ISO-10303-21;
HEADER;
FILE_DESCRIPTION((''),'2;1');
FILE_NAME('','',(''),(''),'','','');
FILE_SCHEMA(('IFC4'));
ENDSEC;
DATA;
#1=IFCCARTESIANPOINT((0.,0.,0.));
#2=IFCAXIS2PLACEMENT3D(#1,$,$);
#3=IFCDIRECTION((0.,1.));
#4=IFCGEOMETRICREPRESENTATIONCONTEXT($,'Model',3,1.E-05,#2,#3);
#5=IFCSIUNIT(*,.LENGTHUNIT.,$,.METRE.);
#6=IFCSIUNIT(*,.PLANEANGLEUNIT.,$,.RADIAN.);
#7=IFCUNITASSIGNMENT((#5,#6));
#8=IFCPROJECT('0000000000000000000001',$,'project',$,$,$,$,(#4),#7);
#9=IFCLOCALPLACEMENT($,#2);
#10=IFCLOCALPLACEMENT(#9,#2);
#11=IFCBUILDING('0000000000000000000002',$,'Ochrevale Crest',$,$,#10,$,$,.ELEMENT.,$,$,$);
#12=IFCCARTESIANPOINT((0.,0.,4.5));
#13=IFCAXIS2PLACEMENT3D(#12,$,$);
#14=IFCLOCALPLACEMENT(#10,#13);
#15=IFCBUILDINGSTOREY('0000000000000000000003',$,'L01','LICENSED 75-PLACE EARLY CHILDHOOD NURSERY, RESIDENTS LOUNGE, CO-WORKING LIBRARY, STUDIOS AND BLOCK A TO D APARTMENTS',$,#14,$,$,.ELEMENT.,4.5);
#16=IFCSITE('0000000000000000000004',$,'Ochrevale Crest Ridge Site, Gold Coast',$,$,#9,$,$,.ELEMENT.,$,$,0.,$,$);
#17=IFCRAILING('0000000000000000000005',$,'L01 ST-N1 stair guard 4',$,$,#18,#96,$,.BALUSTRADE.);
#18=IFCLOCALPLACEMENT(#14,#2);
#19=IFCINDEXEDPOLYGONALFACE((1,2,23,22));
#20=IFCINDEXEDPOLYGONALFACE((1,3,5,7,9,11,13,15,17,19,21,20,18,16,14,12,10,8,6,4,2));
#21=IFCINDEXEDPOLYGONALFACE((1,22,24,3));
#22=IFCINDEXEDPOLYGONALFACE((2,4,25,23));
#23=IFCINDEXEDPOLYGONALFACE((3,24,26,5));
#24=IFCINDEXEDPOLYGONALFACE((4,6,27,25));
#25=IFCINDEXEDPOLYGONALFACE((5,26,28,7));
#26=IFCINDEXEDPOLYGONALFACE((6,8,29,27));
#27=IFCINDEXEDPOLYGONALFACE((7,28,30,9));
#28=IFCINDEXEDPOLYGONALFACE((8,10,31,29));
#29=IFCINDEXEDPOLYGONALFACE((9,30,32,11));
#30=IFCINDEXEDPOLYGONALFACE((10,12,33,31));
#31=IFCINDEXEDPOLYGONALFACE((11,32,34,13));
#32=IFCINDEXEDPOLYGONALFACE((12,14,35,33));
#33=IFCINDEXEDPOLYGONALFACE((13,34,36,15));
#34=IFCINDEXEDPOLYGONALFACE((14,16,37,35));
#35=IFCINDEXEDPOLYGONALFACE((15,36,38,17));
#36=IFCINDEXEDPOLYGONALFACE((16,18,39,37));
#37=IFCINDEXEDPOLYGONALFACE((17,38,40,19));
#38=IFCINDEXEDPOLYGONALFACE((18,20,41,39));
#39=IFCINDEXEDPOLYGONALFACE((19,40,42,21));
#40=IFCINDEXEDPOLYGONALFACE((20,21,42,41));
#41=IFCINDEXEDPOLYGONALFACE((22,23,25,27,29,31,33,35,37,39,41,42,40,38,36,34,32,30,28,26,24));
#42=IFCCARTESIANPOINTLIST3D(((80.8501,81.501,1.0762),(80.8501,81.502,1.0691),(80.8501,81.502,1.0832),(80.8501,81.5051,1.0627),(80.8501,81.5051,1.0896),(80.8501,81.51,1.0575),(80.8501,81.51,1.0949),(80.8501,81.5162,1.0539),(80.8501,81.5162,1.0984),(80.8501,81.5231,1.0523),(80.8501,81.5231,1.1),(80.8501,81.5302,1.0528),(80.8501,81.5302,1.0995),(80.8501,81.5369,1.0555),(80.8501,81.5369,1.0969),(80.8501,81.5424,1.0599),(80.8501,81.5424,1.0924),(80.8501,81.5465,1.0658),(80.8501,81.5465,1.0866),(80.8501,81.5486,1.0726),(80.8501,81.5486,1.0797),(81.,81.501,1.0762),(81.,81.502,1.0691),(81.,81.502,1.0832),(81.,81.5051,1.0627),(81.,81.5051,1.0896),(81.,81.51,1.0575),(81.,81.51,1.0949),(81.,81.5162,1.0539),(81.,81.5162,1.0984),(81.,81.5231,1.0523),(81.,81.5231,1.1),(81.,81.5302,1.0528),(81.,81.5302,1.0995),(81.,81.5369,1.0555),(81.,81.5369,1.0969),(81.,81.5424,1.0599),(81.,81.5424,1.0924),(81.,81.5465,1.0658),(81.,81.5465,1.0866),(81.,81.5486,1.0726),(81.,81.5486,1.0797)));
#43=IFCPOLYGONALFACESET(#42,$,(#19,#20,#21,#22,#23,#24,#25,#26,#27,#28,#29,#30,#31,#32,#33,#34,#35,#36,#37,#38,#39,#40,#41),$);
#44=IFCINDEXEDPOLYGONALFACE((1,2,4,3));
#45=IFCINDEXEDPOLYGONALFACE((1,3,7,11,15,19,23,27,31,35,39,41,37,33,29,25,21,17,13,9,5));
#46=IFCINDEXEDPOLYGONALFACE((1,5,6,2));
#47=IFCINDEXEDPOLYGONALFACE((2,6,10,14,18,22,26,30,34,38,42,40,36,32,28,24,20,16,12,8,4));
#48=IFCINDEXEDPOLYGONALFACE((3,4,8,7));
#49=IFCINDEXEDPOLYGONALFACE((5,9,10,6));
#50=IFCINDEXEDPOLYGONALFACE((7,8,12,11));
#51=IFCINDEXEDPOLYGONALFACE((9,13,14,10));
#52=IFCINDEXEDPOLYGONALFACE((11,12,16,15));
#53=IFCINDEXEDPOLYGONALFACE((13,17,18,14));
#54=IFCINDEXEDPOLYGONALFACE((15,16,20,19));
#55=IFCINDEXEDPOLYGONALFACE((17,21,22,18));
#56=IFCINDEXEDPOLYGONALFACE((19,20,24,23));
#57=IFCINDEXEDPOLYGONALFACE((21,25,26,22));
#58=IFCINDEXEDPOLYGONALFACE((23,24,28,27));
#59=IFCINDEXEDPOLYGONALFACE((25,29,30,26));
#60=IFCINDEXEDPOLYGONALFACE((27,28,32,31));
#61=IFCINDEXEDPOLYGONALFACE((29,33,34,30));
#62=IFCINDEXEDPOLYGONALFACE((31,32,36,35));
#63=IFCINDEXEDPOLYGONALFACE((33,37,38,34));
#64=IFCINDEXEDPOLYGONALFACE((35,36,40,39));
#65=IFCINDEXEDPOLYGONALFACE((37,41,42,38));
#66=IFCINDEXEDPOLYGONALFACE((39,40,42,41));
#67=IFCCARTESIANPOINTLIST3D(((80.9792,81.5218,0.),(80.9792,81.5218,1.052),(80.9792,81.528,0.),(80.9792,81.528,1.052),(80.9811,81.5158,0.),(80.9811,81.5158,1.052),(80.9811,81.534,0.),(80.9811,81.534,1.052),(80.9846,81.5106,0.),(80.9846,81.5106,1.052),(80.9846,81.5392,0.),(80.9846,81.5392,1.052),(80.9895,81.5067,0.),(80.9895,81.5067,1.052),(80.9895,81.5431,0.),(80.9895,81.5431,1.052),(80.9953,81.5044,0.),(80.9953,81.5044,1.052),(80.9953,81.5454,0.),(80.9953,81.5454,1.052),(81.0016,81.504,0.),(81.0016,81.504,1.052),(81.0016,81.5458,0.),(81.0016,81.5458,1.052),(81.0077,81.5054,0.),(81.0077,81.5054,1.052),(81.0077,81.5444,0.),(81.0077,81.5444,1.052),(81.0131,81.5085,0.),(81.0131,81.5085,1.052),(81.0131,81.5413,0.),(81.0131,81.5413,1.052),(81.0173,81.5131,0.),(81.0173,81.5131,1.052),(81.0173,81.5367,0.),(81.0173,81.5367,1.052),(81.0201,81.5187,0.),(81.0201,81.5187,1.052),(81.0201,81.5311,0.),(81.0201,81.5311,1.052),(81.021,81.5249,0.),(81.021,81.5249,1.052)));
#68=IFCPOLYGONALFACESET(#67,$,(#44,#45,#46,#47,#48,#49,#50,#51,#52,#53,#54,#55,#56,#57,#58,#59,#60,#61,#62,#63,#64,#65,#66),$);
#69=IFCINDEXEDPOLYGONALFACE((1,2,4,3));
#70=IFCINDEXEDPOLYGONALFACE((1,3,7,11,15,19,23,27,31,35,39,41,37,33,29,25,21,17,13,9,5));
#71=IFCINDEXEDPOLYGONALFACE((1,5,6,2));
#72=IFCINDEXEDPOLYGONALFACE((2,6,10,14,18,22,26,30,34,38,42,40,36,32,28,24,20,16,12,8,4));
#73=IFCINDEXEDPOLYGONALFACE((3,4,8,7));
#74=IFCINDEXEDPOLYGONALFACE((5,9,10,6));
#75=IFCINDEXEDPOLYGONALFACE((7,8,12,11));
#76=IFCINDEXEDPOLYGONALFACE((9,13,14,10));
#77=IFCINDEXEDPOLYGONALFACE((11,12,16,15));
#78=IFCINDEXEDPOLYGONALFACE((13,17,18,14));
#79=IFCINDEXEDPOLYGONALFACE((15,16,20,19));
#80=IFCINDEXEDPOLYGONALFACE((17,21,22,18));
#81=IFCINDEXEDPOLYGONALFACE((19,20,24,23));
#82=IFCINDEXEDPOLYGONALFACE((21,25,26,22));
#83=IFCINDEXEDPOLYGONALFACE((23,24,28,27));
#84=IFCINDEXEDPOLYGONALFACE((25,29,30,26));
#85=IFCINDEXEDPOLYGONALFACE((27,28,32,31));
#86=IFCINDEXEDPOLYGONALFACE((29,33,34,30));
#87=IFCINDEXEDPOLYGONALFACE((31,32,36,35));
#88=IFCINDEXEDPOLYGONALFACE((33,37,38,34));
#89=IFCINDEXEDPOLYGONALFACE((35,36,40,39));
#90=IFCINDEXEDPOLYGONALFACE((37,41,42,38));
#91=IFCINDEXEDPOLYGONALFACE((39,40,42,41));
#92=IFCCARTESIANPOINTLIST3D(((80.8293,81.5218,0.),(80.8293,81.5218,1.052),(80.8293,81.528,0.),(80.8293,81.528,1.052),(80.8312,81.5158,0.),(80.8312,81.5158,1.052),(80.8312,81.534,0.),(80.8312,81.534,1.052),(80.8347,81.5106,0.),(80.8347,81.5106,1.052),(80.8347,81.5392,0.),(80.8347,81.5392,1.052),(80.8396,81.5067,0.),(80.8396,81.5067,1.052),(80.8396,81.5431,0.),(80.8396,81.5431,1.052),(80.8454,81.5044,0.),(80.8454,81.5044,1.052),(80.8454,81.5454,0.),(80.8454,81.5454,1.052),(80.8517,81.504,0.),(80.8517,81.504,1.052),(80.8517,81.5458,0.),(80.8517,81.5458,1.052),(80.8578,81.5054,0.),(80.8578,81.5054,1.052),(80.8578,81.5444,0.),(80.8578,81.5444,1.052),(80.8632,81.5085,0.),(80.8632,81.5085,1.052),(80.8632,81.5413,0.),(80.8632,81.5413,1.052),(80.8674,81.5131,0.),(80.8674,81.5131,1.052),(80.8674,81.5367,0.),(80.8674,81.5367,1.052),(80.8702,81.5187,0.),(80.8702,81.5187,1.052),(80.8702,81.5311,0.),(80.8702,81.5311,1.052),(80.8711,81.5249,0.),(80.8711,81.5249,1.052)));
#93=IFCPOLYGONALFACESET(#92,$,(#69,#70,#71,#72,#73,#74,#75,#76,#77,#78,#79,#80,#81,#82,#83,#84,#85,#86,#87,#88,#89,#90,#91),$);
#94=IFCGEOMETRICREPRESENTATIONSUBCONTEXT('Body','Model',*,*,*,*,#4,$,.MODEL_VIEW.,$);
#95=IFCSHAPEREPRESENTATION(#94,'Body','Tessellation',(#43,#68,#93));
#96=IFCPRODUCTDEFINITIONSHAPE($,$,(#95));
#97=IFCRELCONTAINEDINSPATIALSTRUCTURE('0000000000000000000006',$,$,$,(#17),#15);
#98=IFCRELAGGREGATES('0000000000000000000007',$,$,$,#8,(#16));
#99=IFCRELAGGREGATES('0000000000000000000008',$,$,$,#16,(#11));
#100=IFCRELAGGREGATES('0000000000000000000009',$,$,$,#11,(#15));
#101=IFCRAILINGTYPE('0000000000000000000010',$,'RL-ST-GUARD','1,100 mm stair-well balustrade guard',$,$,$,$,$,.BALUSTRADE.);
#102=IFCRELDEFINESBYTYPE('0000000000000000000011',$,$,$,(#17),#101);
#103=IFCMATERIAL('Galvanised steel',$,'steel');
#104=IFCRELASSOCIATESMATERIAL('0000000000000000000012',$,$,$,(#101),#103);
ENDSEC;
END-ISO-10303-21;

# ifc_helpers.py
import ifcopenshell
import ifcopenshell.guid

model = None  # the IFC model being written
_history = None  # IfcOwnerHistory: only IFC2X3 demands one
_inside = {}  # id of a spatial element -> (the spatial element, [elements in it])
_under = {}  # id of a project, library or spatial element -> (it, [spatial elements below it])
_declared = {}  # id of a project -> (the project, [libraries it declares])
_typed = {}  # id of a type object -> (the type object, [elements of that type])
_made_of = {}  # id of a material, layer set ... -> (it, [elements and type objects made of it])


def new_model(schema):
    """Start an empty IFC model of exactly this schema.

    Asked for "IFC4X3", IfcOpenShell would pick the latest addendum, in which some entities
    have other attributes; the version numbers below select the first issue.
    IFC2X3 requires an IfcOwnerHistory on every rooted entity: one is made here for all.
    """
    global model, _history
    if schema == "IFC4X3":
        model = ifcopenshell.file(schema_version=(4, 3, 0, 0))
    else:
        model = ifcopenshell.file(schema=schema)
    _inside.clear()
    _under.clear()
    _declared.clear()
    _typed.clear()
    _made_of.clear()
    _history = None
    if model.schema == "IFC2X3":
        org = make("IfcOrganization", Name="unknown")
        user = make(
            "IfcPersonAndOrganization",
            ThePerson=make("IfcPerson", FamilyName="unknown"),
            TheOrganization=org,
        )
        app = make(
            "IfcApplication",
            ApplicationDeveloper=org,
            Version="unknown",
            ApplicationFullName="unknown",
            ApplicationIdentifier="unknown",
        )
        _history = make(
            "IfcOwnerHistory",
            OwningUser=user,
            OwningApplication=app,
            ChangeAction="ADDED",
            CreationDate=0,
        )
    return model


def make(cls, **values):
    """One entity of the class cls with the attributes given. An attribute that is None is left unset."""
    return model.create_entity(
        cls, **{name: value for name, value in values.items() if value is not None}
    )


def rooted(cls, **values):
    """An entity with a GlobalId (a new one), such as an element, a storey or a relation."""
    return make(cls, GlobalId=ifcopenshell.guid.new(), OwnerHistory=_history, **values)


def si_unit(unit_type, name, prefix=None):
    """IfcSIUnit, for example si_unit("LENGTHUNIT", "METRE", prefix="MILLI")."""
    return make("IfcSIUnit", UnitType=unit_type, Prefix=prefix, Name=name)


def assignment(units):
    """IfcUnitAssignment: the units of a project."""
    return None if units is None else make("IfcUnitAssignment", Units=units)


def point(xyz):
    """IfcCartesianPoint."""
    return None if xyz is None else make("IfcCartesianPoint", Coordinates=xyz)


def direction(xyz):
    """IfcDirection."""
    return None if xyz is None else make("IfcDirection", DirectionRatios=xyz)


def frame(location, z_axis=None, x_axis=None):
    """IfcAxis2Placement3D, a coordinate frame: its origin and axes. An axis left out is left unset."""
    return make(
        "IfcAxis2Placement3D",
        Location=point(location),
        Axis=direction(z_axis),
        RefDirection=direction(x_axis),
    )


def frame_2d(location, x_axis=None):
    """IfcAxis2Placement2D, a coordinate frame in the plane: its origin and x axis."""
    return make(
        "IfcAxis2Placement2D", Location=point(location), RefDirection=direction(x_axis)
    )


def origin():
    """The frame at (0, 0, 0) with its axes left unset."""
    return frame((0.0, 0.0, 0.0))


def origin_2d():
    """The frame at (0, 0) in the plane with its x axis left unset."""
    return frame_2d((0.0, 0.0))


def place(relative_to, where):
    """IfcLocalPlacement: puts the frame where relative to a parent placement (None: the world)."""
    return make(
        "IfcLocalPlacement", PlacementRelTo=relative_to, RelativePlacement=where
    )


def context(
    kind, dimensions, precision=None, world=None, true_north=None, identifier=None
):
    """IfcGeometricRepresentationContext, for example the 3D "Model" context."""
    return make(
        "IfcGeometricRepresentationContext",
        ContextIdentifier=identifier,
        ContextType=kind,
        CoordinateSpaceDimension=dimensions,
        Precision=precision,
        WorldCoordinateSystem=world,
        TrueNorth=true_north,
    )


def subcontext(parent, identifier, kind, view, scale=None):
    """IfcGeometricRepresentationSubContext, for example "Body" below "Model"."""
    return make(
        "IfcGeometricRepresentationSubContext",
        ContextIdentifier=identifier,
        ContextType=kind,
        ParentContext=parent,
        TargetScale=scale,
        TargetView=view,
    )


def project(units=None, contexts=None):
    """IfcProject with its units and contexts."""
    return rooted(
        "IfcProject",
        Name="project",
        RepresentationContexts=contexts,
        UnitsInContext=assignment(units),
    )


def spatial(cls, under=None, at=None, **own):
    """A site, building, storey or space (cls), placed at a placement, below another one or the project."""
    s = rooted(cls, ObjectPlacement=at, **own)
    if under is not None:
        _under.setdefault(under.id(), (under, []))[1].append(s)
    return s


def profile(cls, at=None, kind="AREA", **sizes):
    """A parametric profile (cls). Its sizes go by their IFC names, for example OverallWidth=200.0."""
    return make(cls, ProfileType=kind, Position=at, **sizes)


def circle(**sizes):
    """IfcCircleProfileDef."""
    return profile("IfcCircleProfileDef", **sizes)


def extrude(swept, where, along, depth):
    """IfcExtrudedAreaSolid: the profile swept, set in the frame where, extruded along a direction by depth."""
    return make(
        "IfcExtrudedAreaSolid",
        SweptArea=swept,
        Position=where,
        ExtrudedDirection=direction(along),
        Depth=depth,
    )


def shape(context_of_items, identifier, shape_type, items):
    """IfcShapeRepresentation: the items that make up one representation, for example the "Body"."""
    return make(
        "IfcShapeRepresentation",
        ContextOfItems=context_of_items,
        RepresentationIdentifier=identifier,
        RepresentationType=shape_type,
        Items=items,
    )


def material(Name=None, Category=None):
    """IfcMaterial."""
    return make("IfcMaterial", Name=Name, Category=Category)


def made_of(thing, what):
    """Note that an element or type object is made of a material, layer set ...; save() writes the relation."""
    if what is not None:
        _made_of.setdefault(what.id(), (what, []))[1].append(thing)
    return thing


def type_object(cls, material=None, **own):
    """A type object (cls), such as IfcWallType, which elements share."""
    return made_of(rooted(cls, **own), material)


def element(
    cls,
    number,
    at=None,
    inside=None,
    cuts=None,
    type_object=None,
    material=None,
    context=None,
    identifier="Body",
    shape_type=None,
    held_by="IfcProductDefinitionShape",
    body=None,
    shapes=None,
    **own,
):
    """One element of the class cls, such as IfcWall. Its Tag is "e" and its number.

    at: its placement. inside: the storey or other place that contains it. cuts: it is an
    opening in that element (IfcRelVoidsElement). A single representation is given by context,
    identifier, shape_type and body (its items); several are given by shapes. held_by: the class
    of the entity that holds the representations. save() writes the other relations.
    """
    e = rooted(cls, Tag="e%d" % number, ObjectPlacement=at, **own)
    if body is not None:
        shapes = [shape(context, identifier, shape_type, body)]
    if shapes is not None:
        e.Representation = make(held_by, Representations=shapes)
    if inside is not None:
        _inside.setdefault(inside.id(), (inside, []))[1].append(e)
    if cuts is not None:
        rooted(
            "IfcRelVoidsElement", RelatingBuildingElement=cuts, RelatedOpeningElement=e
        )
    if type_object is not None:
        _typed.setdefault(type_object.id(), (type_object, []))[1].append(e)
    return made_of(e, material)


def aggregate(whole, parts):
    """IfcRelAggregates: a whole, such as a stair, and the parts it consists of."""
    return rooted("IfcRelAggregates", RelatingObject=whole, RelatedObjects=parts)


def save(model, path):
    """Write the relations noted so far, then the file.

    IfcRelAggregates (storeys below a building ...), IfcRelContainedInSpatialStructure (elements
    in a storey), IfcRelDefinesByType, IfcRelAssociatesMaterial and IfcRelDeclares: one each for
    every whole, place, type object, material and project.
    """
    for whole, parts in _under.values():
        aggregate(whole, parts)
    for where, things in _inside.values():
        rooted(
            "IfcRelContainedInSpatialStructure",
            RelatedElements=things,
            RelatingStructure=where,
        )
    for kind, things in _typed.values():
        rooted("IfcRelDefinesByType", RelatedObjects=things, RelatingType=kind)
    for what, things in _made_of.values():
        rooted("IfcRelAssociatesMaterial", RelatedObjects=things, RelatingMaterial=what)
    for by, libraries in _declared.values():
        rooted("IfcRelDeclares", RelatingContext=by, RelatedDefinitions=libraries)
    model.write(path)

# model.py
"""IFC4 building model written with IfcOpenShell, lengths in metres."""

from ifc_helpers import new_model, si_unit, direction, frame, origin, origin_2d, place, context, subcontext, project, spatial, circle, extrude, material, type_object, element, save


model = new_model("IFC4")

# Units and contexts
model_context = context("Model", 3, precision=1e-05, world=origin(), true_north=direction((0.0, 1.0)))
body_context = subcontext(model_context, "Body", "Model", "MODEL_VIEW")
ifc_project = project(units=[si_unit("LENGTHUNIT", "METRE"), si_unit("PLANEANGLEUNIT", "RADIAN")], contexts=[model_context])

# Site, building, storey
site_placement = place(None, origin())
site = spatial("IfcSite", under=ifc_project, at=site_placement, Name="Ochrevale Crest Ridge Site, Gold Coast", CompositionType="ELEMENT", RefElevation=0.0)
building_placement = place(site_placement, origin())
building = spatial("IfcBuilding", under=site, at=building_placement, Name="Ochrevale Crest", CompositionType="ELEMENT")
storey_placement = place(building_placement, frame((0.0, 0.0, 4.5)))
storey = spatial("IfcBuildingStorey", under=building, at=storey_placement, Name="L01", Description="LICENSED 75-PLACE EARLY CHILDHOOD NURSERY, RESIDENTS LOUNGE, CO-WORKING LIBRARY, STUDIOS AND BLOCK A TO D APARTMENTS", CompositionType="ELEMENT", Elevation=4.5)

# Railing
ifc_material_1 = material(Name="Galvanised steel", Category="steel")
railing_type_1 = type_object("IfcRailingType", Name="RL-ST-GUARD", Description="1,100 mm stair-well balustrade guard", PredefinedType="BALUSTRADE", material=ifc_material_1)
railing_1_placement = place(storey_placement, frame((81.0, 81.5249, 0.0)))
element("IfcRailing", 1, at=railing_1_placement, inside=storey, type_object=railing_type_1, Name="L01 ST-N1 stair guard 4", PredefinedType="BALUSTRADE", context=body_context, shape_type="SweptSolid", body=[
    extrude(circle(Radius=0.0239, at=origin_2d()), frame((0.0, 0.0, 1.0762), z_axis=(-1.0, 0.0, 0.0), x_axis=(0.0, -1.0, 0.0)), (0.0, 0.0, 1.0), 0.1499),
    extrude(circle(Radius=0.021, at=origin_2d()), origin(), (0.0, 0.0, 1.0), 1.052),
    extrude(circle(Radius=0.021, at=origin_2d()), frame((-0.1499, 0.0, 0.0)), (0.0, 0.0, 1.0), 1.052),
])

save(model, "model.ifc")
